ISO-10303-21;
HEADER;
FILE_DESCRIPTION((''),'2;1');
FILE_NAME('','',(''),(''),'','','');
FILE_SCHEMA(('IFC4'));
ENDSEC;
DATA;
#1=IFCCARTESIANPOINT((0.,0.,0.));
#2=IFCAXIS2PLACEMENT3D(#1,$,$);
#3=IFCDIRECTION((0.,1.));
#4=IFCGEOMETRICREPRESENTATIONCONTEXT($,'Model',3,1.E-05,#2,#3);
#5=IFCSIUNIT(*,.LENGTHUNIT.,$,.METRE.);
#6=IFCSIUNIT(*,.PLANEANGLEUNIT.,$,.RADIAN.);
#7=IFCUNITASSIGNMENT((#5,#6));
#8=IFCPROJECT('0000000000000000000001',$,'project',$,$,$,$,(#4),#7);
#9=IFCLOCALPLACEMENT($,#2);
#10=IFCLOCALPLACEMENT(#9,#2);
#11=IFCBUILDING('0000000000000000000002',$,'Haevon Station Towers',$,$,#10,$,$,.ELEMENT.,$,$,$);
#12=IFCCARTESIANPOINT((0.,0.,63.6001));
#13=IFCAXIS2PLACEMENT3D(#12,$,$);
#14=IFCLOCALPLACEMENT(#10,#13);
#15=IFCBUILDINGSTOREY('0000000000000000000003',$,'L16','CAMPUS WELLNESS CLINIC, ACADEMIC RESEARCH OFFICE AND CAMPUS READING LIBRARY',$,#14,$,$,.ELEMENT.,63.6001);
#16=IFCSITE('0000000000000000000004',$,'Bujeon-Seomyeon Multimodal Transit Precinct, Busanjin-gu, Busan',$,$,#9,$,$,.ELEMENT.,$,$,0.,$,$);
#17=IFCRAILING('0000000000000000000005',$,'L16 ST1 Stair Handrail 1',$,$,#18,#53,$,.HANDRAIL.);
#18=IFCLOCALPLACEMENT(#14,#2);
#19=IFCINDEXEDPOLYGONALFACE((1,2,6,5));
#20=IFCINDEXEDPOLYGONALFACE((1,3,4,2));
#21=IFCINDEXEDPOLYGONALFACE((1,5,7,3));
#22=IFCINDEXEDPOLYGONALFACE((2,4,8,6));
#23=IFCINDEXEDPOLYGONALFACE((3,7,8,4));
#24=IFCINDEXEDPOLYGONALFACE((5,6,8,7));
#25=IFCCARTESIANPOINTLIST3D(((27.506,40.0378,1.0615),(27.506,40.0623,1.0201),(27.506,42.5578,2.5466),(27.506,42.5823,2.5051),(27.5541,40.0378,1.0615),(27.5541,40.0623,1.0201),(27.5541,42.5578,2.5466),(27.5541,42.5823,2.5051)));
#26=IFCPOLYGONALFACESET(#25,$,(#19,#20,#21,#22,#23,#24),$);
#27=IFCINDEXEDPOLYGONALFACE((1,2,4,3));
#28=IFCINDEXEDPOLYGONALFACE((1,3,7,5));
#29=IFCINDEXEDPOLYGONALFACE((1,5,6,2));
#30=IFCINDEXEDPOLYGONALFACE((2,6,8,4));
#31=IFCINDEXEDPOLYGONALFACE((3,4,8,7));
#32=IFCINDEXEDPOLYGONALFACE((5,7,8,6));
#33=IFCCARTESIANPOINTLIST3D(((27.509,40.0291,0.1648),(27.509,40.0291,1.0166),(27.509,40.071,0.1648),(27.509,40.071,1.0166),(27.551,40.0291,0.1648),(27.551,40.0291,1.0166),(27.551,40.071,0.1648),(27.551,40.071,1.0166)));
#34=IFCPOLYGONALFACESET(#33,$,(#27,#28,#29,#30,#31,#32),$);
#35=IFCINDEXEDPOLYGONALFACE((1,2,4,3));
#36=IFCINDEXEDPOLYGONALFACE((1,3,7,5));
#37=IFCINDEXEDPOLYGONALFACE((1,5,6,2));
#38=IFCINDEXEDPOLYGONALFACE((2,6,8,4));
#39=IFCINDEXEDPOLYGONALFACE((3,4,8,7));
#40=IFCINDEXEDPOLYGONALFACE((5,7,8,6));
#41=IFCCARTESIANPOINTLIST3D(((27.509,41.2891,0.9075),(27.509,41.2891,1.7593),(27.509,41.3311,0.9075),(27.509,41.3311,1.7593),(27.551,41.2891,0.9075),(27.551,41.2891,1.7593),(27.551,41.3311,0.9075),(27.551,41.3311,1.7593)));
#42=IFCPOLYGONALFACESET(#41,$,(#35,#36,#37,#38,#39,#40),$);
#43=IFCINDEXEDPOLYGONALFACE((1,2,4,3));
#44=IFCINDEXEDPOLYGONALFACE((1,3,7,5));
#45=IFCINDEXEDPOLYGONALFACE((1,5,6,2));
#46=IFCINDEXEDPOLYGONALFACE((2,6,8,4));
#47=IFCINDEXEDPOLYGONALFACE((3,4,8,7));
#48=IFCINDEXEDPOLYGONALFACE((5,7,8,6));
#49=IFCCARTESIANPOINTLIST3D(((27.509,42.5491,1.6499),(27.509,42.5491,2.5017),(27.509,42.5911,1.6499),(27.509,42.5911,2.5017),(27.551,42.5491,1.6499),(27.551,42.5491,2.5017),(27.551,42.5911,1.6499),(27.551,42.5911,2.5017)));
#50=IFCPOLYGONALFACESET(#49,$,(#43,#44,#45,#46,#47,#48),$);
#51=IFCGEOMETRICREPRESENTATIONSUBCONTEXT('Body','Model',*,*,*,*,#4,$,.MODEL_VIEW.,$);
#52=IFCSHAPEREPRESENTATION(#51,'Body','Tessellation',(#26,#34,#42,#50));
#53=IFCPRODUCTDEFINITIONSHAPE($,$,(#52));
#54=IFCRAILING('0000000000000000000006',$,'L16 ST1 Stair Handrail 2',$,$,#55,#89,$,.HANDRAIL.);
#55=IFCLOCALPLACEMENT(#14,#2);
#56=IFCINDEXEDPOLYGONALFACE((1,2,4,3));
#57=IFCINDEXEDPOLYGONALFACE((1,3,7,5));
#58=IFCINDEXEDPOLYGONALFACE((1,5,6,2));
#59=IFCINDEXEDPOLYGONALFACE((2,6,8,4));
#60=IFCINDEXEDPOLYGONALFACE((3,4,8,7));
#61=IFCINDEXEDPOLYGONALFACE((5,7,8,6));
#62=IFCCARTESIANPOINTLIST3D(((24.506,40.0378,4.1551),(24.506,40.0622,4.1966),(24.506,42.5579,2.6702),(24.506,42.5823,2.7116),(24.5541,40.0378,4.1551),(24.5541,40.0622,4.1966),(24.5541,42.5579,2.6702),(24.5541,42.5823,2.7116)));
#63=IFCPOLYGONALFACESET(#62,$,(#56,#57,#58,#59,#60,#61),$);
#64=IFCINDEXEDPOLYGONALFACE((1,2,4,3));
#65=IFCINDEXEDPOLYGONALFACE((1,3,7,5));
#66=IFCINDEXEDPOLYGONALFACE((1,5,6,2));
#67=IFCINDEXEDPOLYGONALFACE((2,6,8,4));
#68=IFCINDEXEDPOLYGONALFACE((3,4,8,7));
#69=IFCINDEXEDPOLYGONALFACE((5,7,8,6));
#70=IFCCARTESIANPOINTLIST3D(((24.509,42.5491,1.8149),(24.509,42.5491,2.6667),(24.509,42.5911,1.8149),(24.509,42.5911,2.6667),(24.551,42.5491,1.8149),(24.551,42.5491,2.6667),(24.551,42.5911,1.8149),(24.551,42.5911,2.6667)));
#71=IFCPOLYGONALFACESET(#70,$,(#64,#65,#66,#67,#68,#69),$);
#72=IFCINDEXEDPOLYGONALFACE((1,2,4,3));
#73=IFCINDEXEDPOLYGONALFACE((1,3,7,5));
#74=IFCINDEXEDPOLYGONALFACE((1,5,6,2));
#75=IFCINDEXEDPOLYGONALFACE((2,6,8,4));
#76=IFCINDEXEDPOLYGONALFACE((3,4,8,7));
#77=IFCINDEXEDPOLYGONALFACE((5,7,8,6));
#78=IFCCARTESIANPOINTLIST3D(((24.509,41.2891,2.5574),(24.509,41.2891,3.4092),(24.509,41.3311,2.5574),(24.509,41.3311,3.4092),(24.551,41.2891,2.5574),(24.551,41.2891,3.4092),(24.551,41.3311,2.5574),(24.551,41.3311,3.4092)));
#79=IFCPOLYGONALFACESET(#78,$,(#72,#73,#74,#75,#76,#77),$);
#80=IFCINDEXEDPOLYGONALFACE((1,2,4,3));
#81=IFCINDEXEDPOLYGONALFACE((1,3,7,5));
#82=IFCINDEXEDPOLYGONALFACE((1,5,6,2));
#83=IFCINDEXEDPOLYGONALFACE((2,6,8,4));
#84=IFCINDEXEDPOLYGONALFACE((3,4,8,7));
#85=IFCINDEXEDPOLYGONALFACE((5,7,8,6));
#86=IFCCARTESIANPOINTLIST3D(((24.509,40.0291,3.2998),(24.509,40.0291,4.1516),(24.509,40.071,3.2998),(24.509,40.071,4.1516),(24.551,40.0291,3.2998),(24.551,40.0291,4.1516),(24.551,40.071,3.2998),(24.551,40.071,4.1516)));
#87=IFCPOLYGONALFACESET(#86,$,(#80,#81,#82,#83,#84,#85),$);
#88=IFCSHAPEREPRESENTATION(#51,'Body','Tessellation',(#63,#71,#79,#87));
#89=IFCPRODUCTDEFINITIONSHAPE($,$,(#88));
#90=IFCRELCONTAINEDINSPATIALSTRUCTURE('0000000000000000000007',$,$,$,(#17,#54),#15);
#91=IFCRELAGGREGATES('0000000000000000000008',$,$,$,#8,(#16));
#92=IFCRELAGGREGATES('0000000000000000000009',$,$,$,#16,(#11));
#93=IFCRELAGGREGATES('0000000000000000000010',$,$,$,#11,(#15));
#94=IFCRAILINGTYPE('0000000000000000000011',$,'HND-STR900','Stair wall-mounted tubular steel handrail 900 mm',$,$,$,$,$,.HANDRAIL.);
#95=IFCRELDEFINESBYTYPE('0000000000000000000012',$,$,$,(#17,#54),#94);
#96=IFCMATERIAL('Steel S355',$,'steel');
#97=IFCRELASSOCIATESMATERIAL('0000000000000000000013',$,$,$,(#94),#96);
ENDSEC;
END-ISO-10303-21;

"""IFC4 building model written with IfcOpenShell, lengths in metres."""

from ifc_helpers import new_model, si_unit, direction, frame, origin, origin_2d, place, context, subcontext, project, spatial, rectangle, extrude, material, type_object, element, save


model = new_model("IFC4")

# Units and contexts
model_context = context("Model", 3, precision=1e-05, world=origin(), true_north=direction((0.0, 1.0)))
body_context = subcontext(model_context, "Body", "Model", "MODEL_VIEW")
ifc_project = project(units=[si_unit("LENGTHUNIT", "METRE"), si_unit("PLANEANGLEUNIT", "RADIAN")], contexts=[model_context])

# Site, building, storey
site_placement = place(None, origin())
site = spatial("IfcSite", under=ifc_project, at=site_placement, Name="Bujeon-Seomyeon Multimodal Transit Precinct, Busanjin-gu, Busan", CompositionType="ELEMENT", RefElevation=0.0)
building_placement = place(site_placement, origin())
building = spatial("IfcBuilding", under=site, at=building_placement, Name="Haevon Station Towers", CompositionType="ELEMENT")
storey_placement = place(building_placement, frame((0.0, 0.0, 63.6001)))
storey = spatial("IfcBuildingStorey", under=building, at=storey_placement, Name="L16", Description="CAMPUS WELLNESS CLINIC, ACADEMIC RESEARCH OFFICE AND CAMPUS READING LIBRARY", CompositionType="ELEMENT", Elevation=63.6001)

# Shared definitions
ifc_material_1 = material(Name="Steel S355", Category="steel")

# Railings
railing_type_1 = type_object("IfcRailingType", Name="HND-STR900", Description="Stair wall-mounted tubular steel handrail 900 mm", PredefinedType="HANDRAIL", material=ifc_material_1)
railing_1_placement = place(storey_placement, frame((27.53, 40.05, 0.1648)))
element("IfcRailing", 1, at=railing_1_placement, inside=storey, type_object=railing_type_1, Name="L16 ST1 Stair Handrail 1", PredefinedType="HANDRAIL", context=body_context, shape_type="SweptSolid", body=[
    extrude(rectangle(XDim=0.0481, YDim=0.0481, at=origin_2d()), frame((0.0, 0.0, 0.876), z_axis=(0.0, 0.861524, 0.507717), x_axis=(-1.0, 0.0, 0.0)), (0.0, 0.0, 1.0), 2.925),
    extrude(rectangle(XDim=0.042, YDim=0.042, at=origin_2d()), origin(), (0.0, 0.0, 1.0), 0.8518),
    extrude(rectangle(XDim=0.042, YDim=0.042, at=origin_2d()), frame((0.0, 1.26, 0.7427)), (0.0, 0.0, 1.0), 0.8518),
    extrude(rectangle(XDim=0.042, YDim=0.042, at=origin_2d()), frame((0.0, 2.52, 1.4851)), (0.0, 0.0, 1.0), 0.8518),
])
railing_2_placement = place(storey_placement, frame((24.53, 42.5701, 1.8149)))
element("IfcRailing", 2, at=railing_2_placement, inside=storey, type_object=railing_type_1, Name="L16 ST1 Stair Handrail 2", PredefinedType="HANDRAIL", context=body_context, shape_type="SweptSolid", body=[
    extrude(rectangle(XDim=0.0481, YDim=0.0481, at=origin_2d()), frame((0.0, 0.0, 0.876), z_axis=(0.0, -0.861561, 0.507655), x_axis=(1.0, 0.0, 0.0)), (0.0, 0.0, 1.0), 2.925),
    extrude(rectangle(XDim=0.042, YDim=0.042, at=origin_2d()), origin(), (0.0, 0.0, 1.0), 0.8518),
    extrude(rectangle(XDim=0.042, YDim=0.042, at=origin_2d()), frame((0.0, -1.26, 0.7424)), (0.0, 0.0, 1.0), 0.8518),
    extrude(rectangle(XDim=0.042, YDim=0.042, at=origin_2d()), frame((0.0, -2.52, 1.4849)), (0.0, 0.0, 1.0), 0.8518),
])

save(model, "model.ifc")
